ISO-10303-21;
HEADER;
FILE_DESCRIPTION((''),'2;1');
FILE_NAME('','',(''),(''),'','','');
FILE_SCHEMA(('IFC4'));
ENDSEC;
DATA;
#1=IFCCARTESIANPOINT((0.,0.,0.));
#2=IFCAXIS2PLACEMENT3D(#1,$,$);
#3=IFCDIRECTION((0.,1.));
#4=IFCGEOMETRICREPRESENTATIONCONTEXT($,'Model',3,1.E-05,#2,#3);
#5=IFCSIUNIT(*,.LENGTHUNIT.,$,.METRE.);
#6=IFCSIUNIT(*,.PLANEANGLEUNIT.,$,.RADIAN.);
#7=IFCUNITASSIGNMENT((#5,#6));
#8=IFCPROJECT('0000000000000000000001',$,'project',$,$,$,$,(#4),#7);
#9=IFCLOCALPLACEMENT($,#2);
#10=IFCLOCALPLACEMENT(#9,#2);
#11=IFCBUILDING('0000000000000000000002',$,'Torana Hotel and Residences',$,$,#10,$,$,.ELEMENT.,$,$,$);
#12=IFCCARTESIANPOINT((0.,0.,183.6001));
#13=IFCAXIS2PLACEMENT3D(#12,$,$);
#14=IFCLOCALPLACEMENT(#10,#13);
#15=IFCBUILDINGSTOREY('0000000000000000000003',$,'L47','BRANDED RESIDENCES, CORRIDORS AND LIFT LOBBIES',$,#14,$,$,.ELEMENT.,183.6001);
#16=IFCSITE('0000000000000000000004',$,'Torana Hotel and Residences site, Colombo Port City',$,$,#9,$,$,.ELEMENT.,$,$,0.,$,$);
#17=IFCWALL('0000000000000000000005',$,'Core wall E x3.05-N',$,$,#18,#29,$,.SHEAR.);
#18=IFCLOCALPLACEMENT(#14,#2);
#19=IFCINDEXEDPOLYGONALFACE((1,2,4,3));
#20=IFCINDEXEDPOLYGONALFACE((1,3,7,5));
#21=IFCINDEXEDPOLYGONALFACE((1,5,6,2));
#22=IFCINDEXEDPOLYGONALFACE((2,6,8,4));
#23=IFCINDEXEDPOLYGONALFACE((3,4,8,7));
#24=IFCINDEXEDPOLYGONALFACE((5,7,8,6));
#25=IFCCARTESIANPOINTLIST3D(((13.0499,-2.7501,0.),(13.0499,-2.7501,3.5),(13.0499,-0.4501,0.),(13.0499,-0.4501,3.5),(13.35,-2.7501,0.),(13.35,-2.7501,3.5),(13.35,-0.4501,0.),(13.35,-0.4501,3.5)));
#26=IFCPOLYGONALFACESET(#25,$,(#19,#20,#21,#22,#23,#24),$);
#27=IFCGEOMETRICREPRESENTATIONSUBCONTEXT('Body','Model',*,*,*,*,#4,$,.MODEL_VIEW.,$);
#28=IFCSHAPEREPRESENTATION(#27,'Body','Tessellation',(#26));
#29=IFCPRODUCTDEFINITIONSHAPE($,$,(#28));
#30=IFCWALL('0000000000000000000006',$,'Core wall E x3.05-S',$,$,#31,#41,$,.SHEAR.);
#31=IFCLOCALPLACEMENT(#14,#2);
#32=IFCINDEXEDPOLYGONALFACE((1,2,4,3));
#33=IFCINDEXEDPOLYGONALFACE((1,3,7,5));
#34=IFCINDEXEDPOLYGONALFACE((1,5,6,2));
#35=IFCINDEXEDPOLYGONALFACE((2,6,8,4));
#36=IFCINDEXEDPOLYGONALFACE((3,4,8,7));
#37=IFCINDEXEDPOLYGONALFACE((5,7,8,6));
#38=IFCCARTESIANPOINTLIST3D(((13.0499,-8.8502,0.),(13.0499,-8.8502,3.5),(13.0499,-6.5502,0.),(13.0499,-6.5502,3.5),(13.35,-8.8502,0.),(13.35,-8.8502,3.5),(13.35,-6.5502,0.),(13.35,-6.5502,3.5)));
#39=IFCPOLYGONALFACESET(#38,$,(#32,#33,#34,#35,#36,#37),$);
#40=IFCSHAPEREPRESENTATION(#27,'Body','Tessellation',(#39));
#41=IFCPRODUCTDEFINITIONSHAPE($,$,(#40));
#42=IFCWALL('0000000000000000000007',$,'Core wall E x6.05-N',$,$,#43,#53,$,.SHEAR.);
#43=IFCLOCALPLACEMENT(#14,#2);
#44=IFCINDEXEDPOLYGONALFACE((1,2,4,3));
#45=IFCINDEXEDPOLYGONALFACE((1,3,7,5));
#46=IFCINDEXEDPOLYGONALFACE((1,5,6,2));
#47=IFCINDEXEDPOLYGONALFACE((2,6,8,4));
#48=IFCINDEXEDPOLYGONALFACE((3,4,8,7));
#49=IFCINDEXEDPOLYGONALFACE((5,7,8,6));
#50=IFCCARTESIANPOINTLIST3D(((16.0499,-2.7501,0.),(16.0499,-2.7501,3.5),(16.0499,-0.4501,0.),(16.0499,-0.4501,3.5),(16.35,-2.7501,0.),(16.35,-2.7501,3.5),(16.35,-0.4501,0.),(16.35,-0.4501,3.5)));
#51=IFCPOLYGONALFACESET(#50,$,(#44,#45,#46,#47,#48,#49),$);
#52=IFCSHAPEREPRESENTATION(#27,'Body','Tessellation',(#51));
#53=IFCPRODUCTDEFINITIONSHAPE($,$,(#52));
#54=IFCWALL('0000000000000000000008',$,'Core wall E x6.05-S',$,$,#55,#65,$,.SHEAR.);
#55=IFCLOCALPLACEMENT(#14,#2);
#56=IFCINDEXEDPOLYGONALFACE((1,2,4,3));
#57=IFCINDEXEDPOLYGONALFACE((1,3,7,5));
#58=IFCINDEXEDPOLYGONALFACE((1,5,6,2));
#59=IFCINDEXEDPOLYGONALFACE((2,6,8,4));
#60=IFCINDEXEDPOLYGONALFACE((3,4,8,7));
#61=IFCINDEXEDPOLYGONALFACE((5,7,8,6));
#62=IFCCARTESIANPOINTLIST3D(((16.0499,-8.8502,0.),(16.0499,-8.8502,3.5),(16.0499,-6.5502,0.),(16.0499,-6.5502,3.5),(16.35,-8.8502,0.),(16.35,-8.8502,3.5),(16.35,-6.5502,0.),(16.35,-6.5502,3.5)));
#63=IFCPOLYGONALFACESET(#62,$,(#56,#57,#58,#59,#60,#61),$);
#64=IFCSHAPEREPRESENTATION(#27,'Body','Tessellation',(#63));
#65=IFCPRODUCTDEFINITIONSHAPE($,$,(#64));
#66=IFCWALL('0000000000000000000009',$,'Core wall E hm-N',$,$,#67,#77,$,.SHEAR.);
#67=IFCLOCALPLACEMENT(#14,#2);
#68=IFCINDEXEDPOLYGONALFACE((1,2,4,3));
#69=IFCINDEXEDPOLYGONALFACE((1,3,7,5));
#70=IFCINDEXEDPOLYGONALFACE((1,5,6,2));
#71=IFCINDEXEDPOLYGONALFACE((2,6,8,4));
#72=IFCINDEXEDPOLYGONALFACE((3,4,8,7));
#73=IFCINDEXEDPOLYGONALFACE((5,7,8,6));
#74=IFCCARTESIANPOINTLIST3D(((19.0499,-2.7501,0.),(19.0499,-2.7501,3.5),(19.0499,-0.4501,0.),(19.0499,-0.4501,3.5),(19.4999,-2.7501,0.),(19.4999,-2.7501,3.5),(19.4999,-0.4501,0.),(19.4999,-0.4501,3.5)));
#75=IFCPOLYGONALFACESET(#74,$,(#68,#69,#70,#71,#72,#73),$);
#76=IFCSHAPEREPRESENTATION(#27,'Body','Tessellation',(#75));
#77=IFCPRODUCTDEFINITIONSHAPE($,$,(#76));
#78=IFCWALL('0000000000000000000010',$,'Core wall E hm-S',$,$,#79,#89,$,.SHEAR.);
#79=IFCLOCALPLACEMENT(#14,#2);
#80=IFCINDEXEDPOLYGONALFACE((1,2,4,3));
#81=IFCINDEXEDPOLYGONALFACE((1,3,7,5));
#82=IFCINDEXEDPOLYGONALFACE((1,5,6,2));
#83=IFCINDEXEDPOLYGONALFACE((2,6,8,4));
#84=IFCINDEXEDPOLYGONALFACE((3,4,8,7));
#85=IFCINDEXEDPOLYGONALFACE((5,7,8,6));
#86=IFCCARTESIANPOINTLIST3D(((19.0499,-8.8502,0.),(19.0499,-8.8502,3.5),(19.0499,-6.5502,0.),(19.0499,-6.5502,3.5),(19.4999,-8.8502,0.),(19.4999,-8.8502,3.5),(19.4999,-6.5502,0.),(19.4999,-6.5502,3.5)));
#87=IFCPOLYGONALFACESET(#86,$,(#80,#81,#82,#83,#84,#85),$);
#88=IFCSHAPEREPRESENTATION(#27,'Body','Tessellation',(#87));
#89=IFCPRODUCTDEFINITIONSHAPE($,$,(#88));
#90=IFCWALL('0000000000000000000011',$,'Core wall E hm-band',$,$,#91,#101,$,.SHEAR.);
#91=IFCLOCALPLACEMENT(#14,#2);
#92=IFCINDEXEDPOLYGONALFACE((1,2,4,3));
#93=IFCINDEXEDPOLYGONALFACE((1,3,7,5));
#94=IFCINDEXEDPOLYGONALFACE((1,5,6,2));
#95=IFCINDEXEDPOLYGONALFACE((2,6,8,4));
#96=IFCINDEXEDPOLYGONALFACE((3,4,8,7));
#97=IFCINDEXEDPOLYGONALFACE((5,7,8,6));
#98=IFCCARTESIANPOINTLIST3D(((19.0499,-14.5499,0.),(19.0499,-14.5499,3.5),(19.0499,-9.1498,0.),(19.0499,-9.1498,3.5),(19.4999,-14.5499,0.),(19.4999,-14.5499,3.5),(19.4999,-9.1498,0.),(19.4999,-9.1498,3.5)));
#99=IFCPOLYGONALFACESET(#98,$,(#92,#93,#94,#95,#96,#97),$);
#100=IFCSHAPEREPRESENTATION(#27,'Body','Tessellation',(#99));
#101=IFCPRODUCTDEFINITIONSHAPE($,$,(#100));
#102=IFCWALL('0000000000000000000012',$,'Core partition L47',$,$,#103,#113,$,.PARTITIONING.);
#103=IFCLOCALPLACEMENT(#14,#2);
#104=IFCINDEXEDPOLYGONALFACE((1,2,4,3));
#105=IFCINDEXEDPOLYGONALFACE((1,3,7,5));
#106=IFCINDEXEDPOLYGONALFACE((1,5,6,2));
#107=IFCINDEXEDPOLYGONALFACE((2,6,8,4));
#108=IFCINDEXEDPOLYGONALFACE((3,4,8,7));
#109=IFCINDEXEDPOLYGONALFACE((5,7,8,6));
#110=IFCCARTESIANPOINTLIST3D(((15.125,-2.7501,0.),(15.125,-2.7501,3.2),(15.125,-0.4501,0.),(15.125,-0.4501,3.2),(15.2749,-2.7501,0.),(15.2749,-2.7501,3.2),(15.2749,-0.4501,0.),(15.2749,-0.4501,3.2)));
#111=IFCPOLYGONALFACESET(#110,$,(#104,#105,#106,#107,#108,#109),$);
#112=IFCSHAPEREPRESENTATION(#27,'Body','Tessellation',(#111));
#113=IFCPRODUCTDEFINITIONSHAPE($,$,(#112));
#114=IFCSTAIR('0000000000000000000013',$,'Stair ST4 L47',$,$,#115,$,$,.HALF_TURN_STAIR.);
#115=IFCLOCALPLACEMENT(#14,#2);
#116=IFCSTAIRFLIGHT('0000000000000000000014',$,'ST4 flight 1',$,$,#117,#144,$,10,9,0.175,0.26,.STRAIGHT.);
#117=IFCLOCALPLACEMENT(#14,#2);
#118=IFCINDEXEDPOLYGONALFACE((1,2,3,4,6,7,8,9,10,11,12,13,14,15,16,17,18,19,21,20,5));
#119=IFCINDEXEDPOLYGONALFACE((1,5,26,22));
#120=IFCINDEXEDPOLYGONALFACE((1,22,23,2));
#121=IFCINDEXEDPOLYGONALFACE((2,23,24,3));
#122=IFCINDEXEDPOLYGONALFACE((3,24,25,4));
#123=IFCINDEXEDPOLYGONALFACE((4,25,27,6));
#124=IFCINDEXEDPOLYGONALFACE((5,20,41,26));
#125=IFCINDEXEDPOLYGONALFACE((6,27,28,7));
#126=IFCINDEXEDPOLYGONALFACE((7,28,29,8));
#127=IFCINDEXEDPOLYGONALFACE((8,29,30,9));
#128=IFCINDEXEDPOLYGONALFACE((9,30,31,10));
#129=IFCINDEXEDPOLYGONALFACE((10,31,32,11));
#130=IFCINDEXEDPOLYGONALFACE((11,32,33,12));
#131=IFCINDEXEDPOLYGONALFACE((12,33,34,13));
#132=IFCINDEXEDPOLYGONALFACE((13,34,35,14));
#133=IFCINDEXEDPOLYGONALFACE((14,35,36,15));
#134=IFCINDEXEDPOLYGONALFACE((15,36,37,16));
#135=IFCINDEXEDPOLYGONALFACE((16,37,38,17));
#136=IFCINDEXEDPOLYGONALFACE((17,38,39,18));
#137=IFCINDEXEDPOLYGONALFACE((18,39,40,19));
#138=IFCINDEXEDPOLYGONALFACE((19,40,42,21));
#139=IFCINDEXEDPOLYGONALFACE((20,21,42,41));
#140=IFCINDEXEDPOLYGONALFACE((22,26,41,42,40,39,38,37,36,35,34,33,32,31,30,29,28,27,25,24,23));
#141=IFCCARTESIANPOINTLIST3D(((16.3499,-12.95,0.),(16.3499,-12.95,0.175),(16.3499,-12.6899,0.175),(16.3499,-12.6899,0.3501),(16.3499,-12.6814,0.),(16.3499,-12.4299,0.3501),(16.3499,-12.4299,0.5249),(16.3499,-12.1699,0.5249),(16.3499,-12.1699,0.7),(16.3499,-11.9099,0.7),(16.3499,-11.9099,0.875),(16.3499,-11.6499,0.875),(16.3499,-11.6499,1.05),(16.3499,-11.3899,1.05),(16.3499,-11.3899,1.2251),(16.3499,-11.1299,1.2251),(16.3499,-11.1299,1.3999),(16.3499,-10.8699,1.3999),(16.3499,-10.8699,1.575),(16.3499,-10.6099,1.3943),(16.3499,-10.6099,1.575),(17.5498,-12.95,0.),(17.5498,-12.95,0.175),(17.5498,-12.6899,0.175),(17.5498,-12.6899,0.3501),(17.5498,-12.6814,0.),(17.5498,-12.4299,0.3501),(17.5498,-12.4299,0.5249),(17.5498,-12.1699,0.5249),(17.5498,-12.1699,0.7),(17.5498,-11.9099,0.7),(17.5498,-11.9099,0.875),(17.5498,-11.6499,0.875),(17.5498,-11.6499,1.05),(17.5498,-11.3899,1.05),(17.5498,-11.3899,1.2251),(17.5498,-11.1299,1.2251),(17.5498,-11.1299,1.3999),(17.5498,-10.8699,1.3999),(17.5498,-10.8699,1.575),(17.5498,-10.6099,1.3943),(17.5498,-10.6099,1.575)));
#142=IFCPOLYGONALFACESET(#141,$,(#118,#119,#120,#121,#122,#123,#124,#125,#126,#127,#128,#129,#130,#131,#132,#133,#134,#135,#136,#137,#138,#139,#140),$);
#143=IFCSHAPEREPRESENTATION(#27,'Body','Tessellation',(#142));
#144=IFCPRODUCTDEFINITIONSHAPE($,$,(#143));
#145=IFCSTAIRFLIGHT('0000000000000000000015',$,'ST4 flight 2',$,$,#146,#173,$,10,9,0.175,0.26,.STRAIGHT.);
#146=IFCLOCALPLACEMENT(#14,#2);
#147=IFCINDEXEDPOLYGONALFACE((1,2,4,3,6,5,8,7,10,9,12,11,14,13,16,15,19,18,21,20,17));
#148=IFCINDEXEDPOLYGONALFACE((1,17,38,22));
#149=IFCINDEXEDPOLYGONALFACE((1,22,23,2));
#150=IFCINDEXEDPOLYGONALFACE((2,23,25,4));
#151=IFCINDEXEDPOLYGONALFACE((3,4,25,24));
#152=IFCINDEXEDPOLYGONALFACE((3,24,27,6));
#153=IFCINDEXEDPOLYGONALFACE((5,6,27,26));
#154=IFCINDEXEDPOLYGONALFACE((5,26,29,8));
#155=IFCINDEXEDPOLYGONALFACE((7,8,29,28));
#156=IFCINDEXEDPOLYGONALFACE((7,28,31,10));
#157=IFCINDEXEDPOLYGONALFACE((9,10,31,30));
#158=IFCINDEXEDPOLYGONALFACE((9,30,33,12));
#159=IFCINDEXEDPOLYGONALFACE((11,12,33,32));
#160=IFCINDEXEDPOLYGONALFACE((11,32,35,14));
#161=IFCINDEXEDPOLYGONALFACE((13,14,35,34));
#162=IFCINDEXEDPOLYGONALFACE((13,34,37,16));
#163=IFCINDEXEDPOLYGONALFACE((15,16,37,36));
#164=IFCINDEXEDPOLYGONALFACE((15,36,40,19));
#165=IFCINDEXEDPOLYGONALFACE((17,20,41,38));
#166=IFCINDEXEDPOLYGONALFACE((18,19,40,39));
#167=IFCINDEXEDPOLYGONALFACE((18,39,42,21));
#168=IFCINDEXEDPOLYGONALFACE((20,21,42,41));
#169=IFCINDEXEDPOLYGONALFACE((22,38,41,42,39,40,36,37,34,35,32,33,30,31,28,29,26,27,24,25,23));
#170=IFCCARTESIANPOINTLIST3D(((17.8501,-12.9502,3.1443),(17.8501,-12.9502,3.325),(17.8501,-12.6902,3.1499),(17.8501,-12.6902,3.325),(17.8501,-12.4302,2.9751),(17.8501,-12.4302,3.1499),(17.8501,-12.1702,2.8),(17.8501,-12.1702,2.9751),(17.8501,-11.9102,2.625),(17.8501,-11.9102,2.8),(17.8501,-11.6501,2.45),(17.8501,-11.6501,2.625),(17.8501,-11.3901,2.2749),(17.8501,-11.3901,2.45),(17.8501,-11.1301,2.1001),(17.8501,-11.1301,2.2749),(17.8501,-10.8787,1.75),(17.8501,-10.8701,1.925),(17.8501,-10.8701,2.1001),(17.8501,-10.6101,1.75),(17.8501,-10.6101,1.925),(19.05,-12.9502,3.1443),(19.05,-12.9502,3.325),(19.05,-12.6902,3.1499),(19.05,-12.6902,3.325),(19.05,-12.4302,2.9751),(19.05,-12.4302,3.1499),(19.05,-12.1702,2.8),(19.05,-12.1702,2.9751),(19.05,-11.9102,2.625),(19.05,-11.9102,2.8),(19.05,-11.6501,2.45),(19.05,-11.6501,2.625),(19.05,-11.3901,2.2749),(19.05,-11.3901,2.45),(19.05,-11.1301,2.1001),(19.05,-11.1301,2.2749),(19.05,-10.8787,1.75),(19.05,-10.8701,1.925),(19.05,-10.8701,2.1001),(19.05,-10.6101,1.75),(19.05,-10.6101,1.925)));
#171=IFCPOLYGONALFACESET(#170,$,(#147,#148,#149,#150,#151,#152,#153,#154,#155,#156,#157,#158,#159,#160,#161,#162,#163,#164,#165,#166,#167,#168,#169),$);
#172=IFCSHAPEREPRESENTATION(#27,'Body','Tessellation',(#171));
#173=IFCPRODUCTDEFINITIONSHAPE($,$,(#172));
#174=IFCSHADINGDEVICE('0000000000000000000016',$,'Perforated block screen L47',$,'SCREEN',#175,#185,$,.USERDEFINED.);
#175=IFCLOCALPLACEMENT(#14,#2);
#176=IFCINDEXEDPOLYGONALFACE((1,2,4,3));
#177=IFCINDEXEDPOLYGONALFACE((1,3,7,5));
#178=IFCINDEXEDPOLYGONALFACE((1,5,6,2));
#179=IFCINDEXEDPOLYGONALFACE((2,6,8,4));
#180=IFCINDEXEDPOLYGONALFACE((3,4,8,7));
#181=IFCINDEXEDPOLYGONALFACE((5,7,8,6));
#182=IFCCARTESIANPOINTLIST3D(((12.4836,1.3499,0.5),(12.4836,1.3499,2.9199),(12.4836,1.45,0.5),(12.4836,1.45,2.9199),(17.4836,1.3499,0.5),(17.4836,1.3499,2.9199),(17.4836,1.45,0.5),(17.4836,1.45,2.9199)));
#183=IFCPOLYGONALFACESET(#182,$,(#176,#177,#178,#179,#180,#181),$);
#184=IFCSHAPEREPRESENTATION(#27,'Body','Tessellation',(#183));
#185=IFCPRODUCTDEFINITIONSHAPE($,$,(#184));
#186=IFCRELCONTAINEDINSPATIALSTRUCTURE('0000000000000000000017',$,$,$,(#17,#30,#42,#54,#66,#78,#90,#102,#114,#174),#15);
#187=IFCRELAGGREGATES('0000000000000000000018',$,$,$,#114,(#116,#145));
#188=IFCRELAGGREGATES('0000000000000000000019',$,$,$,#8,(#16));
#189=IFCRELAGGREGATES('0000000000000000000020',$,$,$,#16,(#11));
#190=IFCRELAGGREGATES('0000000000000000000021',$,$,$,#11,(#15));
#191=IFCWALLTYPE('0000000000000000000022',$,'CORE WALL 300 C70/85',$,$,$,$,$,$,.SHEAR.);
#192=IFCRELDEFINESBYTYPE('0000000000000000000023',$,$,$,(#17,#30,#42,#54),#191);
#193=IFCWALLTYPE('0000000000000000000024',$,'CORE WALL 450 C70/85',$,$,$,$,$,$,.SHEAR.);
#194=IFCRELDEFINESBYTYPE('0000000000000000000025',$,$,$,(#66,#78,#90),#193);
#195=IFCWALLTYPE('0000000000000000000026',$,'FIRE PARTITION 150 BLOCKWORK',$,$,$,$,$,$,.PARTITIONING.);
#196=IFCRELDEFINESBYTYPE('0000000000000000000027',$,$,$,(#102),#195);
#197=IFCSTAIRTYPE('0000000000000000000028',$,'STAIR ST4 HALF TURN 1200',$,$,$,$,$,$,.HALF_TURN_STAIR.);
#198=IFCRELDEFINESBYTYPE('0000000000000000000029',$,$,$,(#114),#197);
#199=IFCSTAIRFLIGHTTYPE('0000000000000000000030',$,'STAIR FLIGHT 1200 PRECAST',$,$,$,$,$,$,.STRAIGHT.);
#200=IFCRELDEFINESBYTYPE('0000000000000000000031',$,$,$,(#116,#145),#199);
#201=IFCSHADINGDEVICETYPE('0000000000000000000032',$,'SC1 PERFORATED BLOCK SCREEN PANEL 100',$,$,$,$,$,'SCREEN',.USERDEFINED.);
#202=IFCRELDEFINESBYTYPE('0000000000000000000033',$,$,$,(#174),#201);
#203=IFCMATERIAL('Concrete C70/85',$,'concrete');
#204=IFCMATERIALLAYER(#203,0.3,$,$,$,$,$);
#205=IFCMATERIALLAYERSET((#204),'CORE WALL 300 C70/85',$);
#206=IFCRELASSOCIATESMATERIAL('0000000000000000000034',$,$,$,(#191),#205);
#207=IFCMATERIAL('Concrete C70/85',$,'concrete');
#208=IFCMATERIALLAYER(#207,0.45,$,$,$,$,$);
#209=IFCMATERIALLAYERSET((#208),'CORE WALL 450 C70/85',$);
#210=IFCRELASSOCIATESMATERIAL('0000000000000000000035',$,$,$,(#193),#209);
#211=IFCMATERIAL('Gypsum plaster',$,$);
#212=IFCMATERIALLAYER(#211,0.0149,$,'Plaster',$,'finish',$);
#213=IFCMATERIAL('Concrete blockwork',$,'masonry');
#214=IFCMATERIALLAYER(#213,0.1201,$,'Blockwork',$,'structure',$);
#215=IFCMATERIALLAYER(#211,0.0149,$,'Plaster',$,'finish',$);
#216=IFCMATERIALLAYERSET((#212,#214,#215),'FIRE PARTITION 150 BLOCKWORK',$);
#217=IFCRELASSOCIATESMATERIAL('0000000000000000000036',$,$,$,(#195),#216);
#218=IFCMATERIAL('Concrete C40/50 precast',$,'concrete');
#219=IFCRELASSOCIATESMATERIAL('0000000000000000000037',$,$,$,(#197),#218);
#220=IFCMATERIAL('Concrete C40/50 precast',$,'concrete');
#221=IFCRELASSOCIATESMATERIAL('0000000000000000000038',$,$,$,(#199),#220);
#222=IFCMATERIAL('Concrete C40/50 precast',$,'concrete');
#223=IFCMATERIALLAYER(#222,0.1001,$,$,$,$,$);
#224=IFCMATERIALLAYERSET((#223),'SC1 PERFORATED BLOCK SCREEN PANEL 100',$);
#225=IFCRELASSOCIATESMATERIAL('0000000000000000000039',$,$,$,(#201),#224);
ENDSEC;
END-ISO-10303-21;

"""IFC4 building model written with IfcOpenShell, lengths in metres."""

from ifc_helpers import new_model, si_unit, direction, frame, frame_2d, origin, origin_2d, place, context, subcontext, project, spatial, polyline, rectangle, outline, extrude, material, layer, layer_set, type_object, element, aggregate, save


model = new_model("IFC4")

# Units and contexts
model_context = context("Model", 3, precision=1e-05, world=origin(), true_north=direction((0.0, 1.0)))
body_context = subcontext(model_context, "Body", "Model", "MODEL_VIEW")
ifc_project = project(units=[si_unit("LENGTHUNIT", "METRE"), si_unit("PLANEANGLEUNIT", "RADIAN")], contexts=[model_context])

# Site, building, storey
site_placement = place(None, origin())
site = spatial("IfcSite", under=ifc_project, at=site_placement, Name="Torana Hotel and Residences site, Colombo Port City", CompositionType="ELEMENT", RefElevation=0.0)
building_placement = place(site_placement, origin())
building = spatial("IfcBuilding", under=site, at=building_placement, Name="Torana Hotel and Residences", CompositionType="ELEMENT")
storey_placement = place(building_placement, frame((0.0, 0.0, 183.6001)))
storey = spatial("IfcBuildingStorey", under=building, at=storey_placement, Name="L47", Description="BRANDED RESIDENCES, CORRIDORS AND LIFT LOBBIES", CompositionType="ELEMENT", Elevation=183.6001)

# Walls
ifc_material_1 = material(Name="Concrete C70/85", Category="concrete")
ifc_layer_1 = layer(ifc_material_1, 0.3)
ifc_layer_set_1 = layer_set([ifc_layer_1], Name="CORE WALL 300 C70/85")
wall_type_1 = type_object("IfcWallType", Name="CORE WALL 300 C70/85", PredefinedType="SHEAR", material=ifc_layer_set_1)
for number, where, z_axis, x_axis, name in (
    (1, (13.2, -2.75, 0.0), (0.0, 0.0, 1.0), (0.0, 1.0, 0.0), "Core wall E x3.05-N"),
    (2, (13.2, -8.8501, 0.0), (0.0, 0.0, 1.0), (0.0, 1.0, 0.0), "Core wall E x3.05-S"),
    (3, (16.2, -2.75, 0.0), (0.0, 0.0, 1.0), (0.0, 1.0, 0.0), "Core wall E x6.05-N"),
    (4, (16.2, -8.8501, 0.0), (0.0, 0.0, 1.0), (0.0, 1.0, 0.0), "Core wall E x6.05-S"),
):
    element("IfcWall", number, at=place(storey_placement, frame(where, z_axis=z_axis, x_axis=x_axis)), inside=storey, type_object=wall_type_1, Name=name, PredefinedType="SHEAR", context=body_context, shape_type="SweptSolid", body=[
        extrude(rectangle(XDim=2.3, YDim=0.3, at=frame_2d((1.1499, 0.0))), origin(), (0.0, 0.0, 1.0), 3.5),
    ])
ifc_material_2 = material(Name="Concrete C70/85", Category="concrete")
ifc_layer_2 = layer(ifc_material_2, 0.45)
ifc_layer_set_2 = layer_set([ifc_layer_2], Name="CORE WALL 450 C70/85")
wall_type_2 = type_object("IfcWallType", Name="CORE WALL 450 C70/85", PredefinedType="SHEAR", material=ifc_layer_set_2)
for number, where, z_axis, x_axis, name in (
    (5, (19.2749, -2.75, 0.0), (0.0, 0.0, 1.0), (0.0, 1.0, 0.0), "Core wall E hm-N"),
    (6, (19.2749, -8.8501, 0.0), (0.0, 0.0, 1.0), (0.0, 1.0, 0.0), "Core wall E hm-S"),
):
    element("IfcWall", number, at=place(storey_placement, frame(where, z_axis=z_axis, x_axis=x_axis)), inside=storey, type_object=wall_type_2, Name=name, PredefinedType="SHEAR", context=body_context, shape_type="SweptSolid", body=[
        extrude(rectangle(XDim=2.3, YDim=0.45, at=frame_2d((1.1499, 0.0))), origin(), (0.0, 0.0, 1.0), 3.5),
    ])
wall_1_placement = place(storey_placement, frame((19.2749, -14.55, 0.0), z_axis=(0.0, 0.0, 1.0), x_axis=(0.0, 1.0, 0.0)))
element("IfcWall", 7, at=wall_1_placement, inside=storey, type_object=wall_type_2, Name="Core wall E hm-band", PredefinedType="SHEAR", context=body_context, shape_type="SweptSolid", body=[
    extrude(rectangle(XDim=5.4001, YDim=0.45, at=frame_2d((2.7002, 0.0))), origin(), (0.0, 0.0, 1.0), 3.5),
])
ifc_material_3 = material(Name="Gypsum plaster")
ifc_layer_3 = layer(ifc_material_3, 0.0149, Name="Plaster", Category="finish")
ifc_material_4 = material(Name="Concrete blockwork", Category="masonry")
ifc_layer_4 = layer(ifc_material_4, 0.1201, Name="Blockwork", Category="structure")
ifc_layer_5 = layer(ifc_material_3, 0.0149, Name="Plaster", Category="finish")
ifc_layer_set_3 = layer_set([ifc_layer_3, ifc_layer_4, ifc_layer_5], Name="FIRE PARTITION 150 BLOCKWORK")
wall_type_3 = type_object("IfcWallType", Name="FIRE PARTITION 150 BLOCKWORK", PredefinedType="PARTITIONING", material=ifc_layer_set_3)
wall_2_placement = place(storey_placement, frame((15.2, -2.75, 0.0), z_axis=(0.0, 0.0, 1.0), x_axis=(0.0, 1.0, 0.0)))
element("IfcWall", 8, at=wall_2_placement, inside=storey, type_object=wall_type_3, Name="Core partition L47", PredefinedType="PARTITIONING", context=body_context, shape_type="SweptSolid", body=[
    extrude(rectangle(XDim=2.3, YDim=0.1499, at=frame_2d((1.1499, 0.0))), origin(), (0.0, 0.0, 1.0), 3.2),
])

# Stair, stair flights
ifc_material_5 = material(Name="Concrete C40/50 precast", Category="concrete")
stair_type = type_object("IfcStairType", Name="STAIR ST4 HALF TURN 1200", PredefinedType="HALF_TURN_STAIR", material=ifc_material_5)
stair_placement = place(storey_placement, origin())
stair = element("IfcStair", 9, at=stair_placement, inside=storey, type_object=stair_type, Name="Stair ST4 L47", PredefinedType="HALF_TURN_STAIR")
ifc_material_6 = material(Name="Concrete C40/50 precast", Category="concrete")
stair_flight_type = type_object("IfcStairFlightType", Name="STAIR FLIGHT 1200 PRECAST", PredefinedType="STRAIGHT", material=ifc_material_6)
stair_flight_1_placement = place(storey_placement, frame((16.95, -12.95, 0.0), z_axis=(0.0, 0.0, 1.0), x_axis=(0.0, 1.0, 0.0)))
stair_flight_1 = element("IfcStairFlight", 10, at=stair_flight_1_placement, type_object=stair_flight_type, Name="ST4 flight 1", NumberOfRisers=10, NumberOfTreads=9, PredefinedType="STRAIGHT", RiserHeight=0.175, TreadLength=0.26, context=body_context, shape_type="SweptSolid", body=[
    extrude(outline(polyline([(0.0, 0.0), (0.0, 0.175), (0.26, 0.175), (0.26, 0.3501), (0.52, 0.3501), (0.52, 0.5249), (0.78, 0.5249), (0.78, 0.7), (1.04, 0.7), (1.04, 0.875), (1.3, 0.875), (1.3, 1.05), (1.5601, 1.05), (1.5601, 1.2251), (1.8201, 1.2251), (1.8201, 1.3999), (2.0801, 1.3999), (2.0801, 1.575), (2.3401, 1.575), (2.3401, 1.75), (2.3401, 1.3943), (0.2686, 0.0), (0.0, 0.0)])), frame((0.0, 0.6001, 0.0), z_axis=(0.0, -1.0, 0.0), x_axis=(1.0, 0.0, 0.0)), (0.0, 0.0, 1.0), 1.2),
])
stair_flight_2_placement = place(storey_placement, frame((18.45, -10.6101, 1.75), z_axis=(0.0, 0.0, 1.0), x_axis=(0.0, -1.0, 0.0)))
stair_flight_2 = element("IfcStairFlight", 11, at=stair_flight_2_placement, type_object=stair_flight_type, Name="ST4 flight 2", NumberOfRisers=10, NumberOfTreads=9, PredefinedType="STRAIGHT", RiserHeight=0.175, TreadLength=0.26, context=body_context, shape_type="SweptSolid", body=[
    extrude(outline(polyline([(0.0, 0.0), (0.0, 0.175), (0.26, 0.175), (0.26, 0.3501), (0.52, 0.3501), (0.52, 0.5249), (0.78, 0.5249), (0.78, 0.7), (1.04, 0.7), (1.04, 0.875), (1.3, 0.875), (1.3, 1.05), (1.5601, 1.05), (1.5601, 1.2251), (1.8201, 1.2251), (1.8201, 1.3999), (2.0801, 1.3999), (2.0801, 1.575), (2.3401, 1.575), (2.3401, 1.75), (2.3401, 1.3943), (0.2686, 0.0), (0.0, 0.0)])), frame((0.0, 0.6001, 0.0), z_axis=(0.0, -1.0, 0.0), x_axis=(1.0, 0.0, 0.0)), (0.0, 0.0, 1.0), 1.2),
])
aggregate(stair, [stair_flight_1, stair_flight_2])

# Shading device
ifc_material_7 = material(Name="Concrete C40/50 precast", Category="concrete")
ifc_layer_6 = layer(ifc_material_7, 0.1001)
ifc_layer_set_4 = layer_set([ifc_layer_6], Name="SC1 PERFORATED BLOCK SCREEN PANEL 100")
shading_device_type = type_object("IfcShadingDeviceType", Name="SC1 PERFORATED BLOCK SCREEN PANEL 100", ElementType="SCREEN", PredefinedType="USERDEFINED", material=ifc_layer_set_4)
shading_device_placement = place(storey_placement, frame((14.9836, 1.3999, 0.5), z_axis=(0.0, 0.0, 1.0), x_axis=(-1.0, 0.0, 0.0)))
element("IfcShadingDevice", 12, at=shading_device_placement, inside=storey, type_object=shading_device_type, Name="Perforated block screen L47", ObjectType="SCREEN", PredefinedType="USERDEFINED", context=body_context, shape_type="SweptSolid", body=[
    extrude(rectangle(XDim=5.0, YDim=0.1001, at=origin_2d()), origin(), (0.0, 0.0, 1.0), 2.4199),
])

save(model, "model.ifc")
